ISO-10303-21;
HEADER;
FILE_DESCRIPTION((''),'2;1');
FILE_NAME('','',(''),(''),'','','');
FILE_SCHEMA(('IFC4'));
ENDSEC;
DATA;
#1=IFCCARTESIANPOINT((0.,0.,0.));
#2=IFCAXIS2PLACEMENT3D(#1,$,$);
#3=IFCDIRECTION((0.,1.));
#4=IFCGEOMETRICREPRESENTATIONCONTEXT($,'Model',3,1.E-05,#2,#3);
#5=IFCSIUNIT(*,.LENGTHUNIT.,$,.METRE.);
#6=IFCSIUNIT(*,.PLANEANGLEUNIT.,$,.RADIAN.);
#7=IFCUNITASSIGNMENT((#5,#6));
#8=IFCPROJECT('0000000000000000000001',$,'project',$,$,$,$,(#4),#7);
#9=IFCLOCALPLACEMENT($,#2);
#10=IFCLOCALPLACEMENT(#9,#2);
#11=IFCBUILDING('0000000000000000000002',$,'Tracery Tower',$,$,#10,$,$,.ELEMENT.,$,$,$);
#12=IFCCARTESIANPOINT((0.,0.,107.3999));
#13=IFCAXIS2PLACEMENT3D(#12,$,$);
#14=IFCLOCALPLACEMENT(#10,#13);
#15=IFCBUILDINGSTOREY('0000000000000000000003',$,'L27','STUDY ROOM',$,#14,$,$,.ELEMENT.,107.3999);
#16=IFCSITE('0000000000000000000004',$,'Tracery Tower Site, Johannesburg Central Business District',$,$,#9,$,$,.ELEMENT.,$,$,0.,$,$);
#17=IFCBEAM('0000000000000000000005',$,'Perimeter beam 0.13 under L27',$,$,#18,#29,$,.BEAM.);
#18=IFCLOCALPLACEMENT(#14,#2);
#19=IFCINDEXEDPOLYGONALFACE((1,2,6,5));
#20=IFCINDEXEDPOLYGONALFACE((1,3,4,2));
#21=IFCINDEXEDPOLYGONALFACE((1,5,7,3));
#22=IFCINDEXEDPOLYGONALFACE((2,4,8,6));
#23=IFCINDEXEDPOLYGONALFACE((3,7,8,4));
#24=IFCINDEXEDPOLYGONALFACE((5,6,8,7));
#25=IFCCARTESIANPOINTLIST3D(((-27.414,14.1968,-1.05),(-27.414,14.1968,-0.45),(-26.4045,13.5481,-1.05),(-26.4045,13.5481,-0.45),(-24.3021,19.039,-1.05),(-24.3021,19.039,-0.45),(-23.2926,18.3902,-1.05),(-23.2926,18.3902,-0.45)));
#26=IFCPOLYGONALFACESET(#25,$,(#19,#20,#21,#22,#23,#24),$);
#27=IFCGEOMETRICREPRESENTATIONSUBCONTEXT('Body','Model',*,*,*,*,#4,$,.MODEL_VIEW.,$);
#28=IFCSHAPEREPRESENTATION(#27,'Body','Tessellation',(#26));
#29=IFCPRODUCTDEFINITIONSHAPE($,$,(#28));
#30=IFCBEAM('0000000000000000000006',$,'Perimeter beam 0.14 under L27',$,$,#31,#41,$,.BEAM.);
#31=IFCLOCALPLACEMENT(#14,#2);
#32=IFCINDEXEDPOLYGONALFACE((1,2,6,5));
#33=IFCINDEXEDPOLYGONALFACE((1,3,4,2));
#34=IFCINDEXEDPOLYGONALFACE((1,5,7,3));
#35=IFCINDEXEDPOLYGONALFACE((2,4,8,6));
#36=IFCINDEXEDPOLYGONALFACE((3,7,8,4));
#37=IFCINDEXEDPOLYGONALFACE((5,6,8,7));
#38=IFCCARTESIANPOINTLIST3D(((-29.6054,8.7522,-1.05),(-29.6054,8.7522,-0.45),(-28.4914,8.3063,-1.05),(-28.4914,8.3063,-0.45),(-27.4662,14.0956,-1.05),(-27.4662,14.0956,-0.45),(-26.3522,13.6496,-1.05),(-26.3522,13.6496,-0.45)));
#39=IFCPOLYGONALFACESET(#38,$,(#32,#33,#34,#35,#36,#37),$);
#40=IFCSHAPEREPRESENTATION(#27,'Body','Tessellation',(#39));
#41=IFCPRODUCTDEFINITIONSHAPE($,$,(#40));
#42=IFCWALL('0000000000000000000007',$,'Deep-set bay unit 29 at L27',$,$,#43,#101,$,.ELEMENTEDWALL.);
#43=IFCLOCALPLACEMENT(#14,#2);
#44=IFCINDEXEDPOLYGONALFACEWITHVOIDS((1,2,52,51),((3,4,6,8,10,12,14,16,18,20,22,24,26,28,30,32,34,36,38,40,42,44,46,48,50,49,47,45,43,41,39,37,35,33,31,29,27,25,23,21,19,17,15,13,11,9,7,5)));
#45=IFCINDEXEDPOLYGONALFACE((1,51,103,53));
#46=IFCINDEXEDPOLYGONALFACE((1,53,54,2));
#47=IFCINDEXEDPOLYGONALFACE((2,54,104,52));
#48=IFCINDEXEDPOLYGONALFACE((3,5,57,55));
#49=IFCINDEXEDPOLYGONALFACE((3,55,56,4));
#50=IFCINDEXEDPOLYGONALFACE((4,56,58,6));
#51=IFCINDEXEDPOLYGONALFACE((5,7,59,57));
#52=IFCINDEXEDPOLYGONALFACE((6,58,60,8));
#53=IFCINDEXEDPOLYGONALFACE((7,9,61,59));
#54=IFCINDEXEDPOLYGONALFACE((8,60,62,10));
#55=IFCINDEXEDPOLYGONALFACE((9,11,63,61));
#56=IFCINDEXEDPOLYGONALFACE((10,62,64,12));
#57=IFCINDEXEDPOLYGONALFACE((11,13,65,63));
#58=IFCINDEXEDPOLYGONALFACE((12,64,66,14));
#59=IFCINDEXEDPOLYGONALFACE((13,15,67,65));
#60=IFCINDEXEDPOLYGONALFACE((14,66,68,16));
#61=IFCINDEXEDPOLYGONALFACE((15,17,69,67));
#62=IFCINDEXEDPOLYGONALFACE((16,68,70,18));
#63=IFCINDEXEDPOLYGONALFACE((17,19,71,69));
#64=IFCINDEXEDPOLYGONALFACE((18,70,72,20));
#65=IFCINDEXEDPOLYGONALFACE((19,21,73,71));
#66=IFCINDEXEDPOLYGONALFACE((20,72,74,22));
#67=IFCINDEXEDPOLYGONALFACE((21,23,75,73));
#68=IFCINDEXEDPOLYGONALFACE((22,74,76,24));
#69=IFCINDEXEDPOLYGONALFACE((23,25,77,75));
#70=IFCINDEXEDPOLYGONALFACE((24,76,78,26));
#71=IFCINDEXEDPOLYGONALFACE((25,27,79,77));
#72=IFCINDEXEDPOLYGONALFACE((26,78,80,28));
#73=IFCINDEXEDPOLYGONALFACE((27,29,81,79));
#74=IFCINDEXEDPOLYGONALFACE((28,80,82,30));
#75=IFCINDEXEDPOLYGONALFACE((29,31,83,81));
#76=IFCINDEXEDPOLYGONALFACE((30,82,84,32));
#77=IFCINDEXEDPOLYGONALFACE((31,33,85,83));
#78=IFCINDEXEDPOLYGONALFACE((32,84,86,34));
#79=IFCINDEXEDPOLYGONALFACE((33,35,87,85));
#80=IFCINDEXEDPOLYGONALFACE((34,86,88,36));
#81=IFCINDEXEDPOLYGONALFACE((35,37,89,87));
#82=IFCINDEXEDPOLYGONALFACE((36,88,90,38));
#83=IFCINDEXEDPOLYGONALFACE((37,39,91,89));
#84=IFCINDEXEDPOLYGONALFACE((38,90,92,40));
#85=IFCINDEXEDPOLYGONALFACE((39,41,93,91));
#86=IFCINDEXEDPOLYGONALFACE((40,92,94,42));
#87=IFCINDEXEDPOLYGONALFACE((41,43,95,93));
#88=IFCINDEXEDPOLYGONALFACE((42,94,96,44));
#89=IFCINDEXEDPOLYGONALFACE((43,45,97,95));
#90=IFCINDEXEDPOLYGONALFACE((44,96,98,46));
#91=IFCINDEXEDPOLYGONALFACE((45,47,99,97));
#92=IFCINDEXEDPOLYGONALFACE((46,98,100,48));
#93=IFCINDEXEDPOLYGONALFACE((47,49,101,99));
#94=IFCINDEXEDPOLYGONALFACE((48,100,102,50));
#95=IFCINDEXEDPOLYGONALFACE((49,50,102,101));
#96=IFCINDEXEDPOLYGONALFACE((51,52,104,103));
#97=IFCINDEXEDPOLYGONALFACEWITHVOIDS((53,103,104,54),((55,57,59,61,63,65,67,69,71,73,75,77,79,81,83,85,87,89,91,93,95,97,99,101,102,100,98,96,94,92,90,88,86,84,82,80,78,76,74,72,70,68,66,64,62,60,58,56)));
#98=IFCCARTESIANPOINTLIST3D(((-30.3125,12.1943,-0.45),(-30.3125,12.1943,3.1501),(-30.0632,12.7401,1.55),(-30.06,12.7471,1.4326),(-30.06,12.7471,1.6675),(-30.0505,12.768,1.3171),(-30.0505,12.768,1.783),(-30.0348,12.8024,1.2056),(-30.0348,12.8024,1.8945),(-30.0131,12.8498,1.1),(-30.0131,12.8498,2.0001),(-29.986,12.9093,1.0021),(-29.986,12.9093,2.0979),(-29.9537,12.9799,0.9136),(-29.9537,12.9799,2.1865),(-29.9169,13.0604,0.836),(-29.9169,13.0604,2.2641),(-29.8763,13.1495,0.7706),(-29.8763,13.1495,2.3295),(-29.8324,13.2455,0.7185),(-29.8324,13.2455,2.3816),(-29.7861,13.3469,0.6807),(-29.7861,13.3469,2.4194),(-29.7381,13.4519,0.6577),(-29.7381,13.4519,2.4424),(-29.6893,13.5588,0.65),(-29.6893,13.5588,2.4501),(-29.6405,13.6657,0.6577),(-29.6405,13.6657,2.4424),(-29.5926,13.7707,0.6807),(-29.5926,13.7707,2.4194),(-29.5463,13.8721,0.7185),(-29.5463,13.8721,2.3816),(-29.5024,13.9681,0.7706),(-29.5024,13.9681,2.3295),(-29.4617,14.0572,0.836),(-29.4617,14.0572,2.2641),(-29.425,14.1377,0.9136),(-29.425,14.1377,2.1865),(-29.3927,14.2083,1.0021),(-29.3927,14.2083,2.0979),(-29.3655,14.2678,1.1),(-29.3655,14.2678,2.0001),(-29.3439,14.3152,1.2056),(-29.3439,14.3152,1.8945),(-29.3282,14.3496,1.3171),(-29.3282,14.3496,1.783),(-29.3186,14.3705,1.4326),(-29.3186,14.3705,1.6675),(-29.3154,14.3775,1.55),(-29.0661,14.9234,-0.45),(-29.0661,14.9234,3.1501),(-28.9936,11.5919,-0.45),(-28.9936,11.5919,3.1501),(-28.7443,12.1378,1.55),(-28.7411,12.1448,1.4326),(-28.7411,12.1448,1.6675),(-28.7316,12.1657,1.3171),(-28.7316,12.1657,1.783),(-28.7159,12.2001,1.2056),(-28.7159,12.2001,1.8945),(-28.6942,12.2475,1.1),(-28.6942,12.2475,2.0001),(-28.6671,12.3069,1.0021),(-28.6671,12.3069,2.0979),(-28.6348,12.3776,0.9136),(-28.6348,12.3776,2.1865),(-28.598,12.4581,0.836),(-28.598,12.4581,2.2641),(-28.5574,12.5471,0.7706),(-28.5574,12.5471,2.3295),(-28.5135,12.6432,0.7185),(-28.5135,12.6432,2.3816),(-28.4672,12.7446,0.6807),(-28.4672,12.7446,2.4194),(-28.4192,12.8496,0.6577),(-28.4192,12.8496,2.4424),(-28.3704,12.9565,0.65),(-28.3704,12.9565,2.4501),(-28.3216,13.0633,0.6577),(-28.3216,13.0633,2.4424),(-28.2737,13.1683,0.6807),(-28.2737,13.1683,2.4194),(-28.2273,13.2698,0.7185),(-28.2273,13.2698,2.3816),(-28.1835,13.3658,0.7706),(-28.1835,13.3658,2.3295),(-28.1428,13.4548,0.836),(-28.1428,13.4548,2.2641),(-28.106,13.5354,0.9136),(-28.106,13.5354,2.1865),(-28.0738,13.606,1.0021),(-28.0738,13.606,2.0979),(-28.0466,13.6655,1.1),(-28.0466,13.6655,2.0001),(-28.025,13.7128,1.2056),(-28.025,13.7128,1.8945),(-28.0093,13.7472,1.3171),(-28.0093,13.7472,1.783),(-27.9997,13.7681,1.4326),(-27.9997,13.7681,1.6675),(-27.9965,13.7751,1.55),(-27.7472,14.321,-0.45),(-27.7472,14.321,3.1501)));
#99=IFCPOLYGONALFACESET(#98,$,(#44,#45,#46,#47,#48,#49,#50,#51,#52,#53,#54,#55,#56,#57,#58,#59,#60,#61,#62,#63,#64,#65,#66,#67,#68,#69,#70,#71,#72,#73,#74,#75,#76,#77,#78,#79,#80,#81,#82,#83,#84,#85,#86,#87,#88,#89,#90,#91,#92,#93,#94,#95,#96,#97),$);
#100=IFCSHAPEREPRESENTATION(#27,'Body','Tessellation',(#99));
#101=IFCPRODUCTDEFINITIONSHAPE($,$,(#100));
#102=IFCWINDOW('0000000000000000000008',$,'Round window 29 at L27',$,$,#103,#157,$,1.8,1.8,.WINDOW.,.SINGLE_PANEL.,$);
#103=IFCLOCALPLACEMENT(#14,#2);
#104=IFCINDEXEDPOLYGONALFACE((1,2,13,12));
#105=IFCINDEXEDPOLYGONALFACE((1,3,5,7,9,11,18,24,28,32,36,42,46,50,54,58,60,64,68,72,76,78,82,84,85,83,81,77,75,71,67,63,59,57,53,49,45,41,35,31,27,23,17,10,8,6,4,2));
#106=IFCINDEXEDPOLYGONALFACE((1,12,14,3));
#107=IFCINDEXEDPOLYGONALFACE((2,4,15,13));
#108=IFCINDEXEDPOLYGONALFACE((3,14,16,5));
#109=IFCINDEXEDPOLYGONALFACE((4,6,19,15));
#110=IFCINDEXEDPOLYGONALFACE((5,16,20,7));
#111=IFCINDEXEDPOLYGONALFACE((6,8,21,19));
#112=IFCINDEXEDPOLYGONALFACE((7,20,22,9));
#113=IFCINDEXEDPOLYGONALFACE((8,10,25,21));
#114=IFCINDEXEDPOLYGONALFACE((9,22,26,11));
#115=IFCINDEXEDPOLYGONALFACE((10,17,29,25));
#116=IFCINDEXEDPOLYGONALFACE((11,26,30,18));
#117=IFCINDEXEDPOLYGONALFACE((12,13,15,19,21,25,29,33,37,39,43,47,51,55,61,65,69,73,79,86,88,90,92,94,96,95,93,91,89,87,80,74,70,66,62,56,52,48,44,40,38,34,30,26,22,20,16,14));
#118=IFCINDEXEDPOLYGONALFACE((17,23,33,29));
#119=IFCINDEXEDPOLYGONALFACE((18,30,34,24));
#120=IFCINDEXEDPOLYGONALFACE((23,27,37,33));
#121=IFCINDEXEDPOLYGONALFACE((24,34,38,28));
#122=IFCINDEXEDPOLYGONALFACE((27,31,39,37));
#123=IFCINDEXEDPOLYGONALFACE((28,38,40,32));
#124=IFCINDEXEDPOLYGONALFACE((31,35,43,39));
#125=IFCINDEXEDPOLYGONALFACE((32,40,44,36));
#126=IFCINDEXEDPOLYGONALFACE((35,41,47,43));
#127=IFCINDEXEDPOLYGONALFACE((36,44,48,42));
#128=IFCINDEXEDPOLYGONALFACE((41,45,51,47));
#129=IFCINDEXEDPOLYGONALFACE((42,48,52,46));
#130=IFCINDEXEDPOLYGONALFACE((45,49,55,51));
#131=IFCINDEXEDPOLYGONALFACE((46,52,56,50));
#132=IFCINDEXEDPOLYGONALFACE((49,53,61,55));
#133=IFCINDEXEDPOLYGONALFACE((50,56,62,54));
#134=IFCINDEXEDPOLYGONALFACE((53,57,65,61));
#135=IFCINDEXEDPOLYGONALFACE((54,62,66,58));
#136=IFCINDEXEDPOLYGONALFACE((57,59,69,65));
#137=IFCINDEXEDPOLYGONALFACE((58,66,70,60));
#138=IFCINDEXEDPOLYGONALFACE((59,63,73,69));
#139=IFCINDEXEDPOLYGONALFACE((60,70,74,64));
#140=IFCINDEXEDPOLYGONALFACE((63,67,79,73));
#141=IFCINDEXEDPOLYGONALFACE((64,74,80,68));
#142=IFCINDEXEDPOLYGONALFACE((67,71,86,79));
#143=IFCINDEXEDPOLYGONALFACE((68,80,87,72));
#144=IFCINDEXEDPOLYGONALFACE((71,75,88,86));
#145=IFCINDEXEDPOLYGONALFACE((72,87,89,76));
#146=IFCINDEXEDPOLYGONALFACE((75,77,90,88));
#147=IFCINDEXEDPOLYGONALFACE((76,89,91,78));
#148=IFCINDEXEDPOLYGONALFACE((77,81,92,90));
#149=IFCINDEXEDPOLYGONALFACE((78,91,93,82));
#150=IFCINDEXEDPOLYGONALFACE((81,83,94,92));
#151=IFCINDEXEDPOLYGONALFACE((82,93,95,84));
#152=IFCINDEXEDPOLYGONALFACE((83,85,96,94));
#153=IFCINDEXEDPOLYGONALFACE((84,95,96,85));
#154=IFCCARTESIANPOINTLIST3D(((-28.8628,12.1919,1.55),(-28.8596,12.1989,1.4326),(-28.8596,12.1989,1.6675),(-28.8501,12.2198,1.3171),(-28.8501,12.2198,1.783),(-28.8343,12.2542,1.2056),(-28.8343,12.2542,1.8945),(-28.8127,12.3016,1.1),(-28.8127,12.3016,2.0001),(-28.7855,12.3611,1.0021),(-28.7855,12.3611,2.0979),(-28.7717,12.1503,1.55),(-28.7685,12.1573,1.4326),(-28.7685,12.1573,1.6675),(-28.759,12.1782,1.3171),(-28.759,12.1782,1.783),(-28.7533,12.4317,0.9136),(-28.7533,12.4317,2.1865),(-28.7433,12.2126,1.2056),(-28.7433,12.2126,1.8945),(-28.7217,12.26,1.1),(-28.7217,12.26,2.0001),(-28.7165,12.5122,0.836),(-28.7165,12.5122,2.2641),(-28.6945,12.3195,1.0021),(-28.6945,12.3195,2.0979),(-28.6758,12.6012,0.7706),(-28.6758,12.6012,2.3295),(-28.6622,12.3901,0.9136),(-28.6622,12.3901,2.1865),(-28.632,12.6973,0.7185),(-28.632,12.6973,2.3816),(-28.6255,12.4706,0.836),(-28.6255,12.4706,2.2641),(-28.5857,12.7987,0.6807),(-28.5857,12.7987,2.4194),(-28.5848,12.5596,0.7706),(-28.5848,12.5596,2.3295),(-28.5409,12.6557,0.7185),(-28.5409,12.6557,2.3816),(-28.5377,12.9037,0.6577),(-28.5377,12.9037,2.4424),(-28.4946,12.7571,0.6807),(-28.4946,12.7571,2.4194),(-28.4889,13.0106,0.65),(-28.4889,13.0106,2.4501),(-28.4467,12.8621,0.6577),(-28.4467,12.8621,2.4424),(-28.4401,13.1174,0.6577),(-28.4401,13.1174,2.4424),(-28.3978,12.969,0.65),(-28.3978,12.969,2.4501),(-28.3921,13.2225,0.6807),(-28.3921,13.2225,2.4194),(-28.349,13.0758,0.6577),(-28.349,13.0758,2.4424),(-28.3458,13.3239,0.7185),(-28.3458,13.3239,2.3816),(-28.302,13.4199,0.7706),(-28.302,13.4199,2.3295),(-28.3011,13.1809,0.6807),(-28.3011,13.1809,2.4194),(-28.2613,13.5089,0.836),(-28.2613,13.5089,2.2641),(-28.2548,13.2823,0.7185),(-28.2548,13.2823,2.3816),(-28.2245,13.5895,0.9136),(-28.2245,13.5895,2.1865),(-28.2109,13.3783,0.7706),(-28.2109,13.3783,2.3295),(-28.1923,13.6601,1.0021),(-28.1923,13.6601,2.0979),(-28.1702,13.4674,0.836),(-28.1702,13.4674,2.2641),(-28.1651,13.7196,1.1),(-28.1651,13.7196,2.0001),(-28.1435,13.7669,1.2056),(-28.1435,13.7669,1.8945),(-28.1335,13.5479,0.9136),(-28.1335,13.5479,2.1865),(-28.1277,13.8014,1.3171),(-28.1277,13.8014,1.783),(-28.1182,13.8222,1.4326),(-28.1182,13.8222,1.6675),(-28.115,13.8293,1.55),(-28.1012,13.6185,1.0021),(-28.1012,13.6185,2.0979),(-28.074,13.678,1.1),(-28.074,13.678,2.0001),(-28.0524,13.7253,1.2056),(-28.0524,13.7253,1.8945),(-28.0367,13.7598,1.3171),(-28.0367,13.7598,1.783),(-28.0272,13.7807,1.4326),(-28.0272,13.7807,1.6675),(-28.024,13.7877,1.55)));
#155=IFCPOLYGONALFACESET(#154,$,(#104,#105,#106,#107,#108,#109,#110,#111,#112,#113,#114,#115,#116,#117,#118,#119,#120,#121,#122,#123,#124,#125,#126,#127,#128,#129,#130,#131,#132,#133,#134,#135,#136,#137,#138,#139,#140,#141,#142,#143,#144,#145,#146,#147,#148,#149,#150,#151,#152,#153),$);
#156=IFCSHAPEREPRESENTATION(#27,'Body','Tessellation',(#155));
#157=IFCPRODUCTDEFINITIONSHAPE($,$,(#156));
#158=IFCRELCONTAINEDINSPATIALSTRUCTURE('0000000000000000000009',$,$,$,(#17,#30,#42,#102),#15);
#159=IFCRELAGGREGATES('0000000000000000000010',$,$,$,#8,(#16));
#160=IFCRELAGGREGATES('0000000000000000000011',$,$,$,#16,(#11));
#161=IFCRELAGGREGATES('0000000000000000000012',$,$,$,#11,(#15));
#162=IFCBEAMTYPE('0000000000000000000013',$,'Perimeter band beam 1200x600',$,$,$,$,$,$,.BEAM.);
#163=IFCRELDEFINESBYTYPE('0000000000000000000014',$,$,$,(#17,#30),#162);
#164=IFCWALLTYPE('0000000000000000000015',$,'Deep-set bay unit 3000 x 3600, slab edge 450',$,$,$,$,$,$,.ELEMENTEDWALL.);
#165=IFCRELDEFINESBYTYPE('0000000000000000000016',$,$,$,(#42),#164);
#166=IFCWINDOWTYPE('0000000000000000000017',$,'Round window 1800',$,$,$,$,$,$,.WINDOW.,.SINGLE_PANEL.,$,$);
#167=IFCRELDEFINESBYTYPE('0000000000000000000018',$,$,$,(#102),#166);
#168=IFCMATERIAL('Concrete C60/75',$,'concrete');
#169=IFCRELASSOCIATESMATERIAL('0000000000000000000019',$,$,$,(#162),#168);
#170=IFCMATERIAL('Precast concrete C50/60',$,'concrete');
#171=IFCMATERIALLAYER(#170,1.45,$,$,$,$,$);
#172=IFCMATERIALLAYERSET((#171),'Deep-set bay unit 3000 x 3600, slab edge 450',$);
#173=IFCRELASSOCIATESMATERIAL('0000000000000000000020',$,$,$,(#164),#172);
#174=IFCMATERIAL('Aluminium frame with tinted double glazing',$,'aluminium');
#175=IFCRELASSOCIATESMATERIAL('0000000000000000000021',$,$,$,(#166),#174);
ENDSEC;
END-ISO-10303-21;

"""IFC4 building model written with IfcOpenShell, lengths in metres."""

from ifc_helpers import new_model, si_unit, direction, frame, frame_2d, origin, origin_2d, place, context, subcontext, project, spatial, rectangle, circle, extrude, material, layer, layer_set, material_profile, profile_set, type_object, element, fill, save


model = new_model("IFC4")

# Units and contexts
model_context = context("Model", 3, precision=1e-05, world=origin(), true_north=direction((0.0, 1.0)))
body_context = subcontext(model_context, "Body", "Model", "MODEL_VIEW")
ifc_project = project(units=[si_unit("LENGTHUNIT", "METRE"), si_unit("PLANEANGLEUNIT", "RADIAN")], contexts=[model_context])

# Site, building, storey
site_placement = place(None, origin())
site = spatial("IfcSite", under=ifc_project, at=site_placement, Name="Tracery Tower Site, Johannesburg Central Business District", CompositionType="ELEMENT", RefElevation=0.0)
building_placement = place(site_placement, origin())
building = spatial("IfcBuilding", under=site, at=building_placement, Name="Tracery Tower", CompositionType="ELEMENT")
storey_placement = place(building_placement, frame((0.0, 0.0, 107.3999)))
storey = spatial("IfcBuildingStorey", under=building, at=storey_placement, Name="L27", Description="STUDY ROOM", CompositionType="ELEMENT", Elevation=107.3999)

# Beams
ifc_material_1 = material(Name="Concrete C60/75", Category="concrete")
ifc_material_profile_1 = material_profile(ifc_material_1, rectangle(XDim=1.2, YDim=0.6001, at=origin_2d()), Name="RC 1200x600")
ifc_profile_set_1 = profile_set([ifc_material_profile_1], Name="Concrete C60/75")
beam_type = type_object("IfcBeamType", Name="Perimeter band beam 1200x600", PredefinedType="BEAM", material=ifc_profile_set_1)
beam_1_placement = place(storey_placement, frame((-23.7974, 18.7146, -0.75), z_axis=(-0.540644, -0.841252, 0.0), x_axis=(0.841252, -0.540644, 0.0)))
element("IfcBeam", 1, at=beam_1_placement, inside=storey, type_object=beam_type, Name="Perimeter beam 0.13 under L27", PredefinedType="BEAM", context=body_context, shape_type="SweptSolid", body=[
    extrude(rectangle(XDim=1.2, YDim=0.6001, at=origin_2d()), origin(), (0.0, 0.0, 1.0), 5.7559),
])
beam_2_placement = place(storey_placement, frame((-26.9092, 13.8726, -0.75), z_axis=(-0.371669, -0.928365, 0.0), x_axis=(0.928365, -0.371669, 0.0)))
element("IfcBeam", 2, at=beam_2_placement, inside=storey, type_object=beam_type, Name="Perimeter beam 0.14 under L27", PredefinedType="BEAM", context=body_context, shape_type="SweptSolid", body=[
    extrude(rectangle(XDim=1.2, YDim=0.6001, at=origin_2d()), origin(), (0.0, 0.0, 1.0), 5.7556),
])

# Wall, opening, window
ifc_material_2 = material(Name="Precast concrete C50/60", Category="concrete")
ifc_layer_1 = layer(ifc_material_2, 1.45)
ifc_layer_set_1 = layer_set([ifc_layer_1], Name="Deep-set bay unit 3000 x 3600, slab edge 450")
wall_type_1 = type_object("IfcWallType", Name="Deep-set bay unit 3000 x 3600, slab edge 450", PredefinedType="ELEMENTEDWALL", material=ifc_layer_set_1)
wall_1_placement = place(storey_placement, frame((-28.4067, 14.6221, -0.45), z_axis=(0.0, 0.0, 1.0), x_axis=(-0.415427, -0.909627, 0.0)))
wall_1 = element("IfcWall", 3, at=wall_1_placement, inside=storey, type_object=wall_type_1, Name="Deep-set bay unit 29 at L27", PredefinedType="ELEMENTEDWALL", context=body_context, shape_type="SweptSolid", body=[
    extrude(rectangle(XDim=3.0002, YDim=1.45, at=frame_2d((1.5, 0.0))), origin(), (0.0, 0.0, 1.0), 3.6001),
])
opening_1_placement = place(wall_1_placement, frame((1.5, 0.0, 2.0)))
opening_1 = element("IfcOpeningElement", 4, at=opening_1_placement, cuts=wall_1, PredefinedType="OPENING", context=body_context, shape_type="SweptSolid", body=[
    extrude(circle(Radius=0.9, at=origin_2d()), frame((0.0, 0.7349, 0.0), z_axis=(0.0, -1.0, 0.0), x_axis=(1.0, 0.0, 0.0)), (0.0, 0.0, 1.0), 1.47),
])
ifc_material_3 = material(Name="Aluminium frame with tinted double glazing", Category="aluminium")
window_type = type_object("IfcWindowType", Name="Round window 1800", PartitioningType="SINGLE_PANEL", PredefinedType="WINDOW", material=ifc_material_3)
window_1_placement = place(opening_1_placement, origin())
window_1 = element("IfcWindow", 5, at=window_1_placement, inside=storey, type_object=window_type, Name="Round window 29 at L27", OverallHeight=1.8, OverallWidth=1.8, PartitioningType="SINGLE_PANEL", PredefinedType="WINDOW", context=body_context, shape_type="SweptSolid", body=[
    extrude(circle(Radius=0.9, at=origin_2d()), frame((0.0, 0.6948, 0.0), z_axis=(0.0, -1.0, 0.0), x_axis=(1.0, 0.0, 0.0)), (0.0, 0.0, 1.0), 0.1001),
])
fill(opening_1, window_1)

save(model, "model.ifc")
